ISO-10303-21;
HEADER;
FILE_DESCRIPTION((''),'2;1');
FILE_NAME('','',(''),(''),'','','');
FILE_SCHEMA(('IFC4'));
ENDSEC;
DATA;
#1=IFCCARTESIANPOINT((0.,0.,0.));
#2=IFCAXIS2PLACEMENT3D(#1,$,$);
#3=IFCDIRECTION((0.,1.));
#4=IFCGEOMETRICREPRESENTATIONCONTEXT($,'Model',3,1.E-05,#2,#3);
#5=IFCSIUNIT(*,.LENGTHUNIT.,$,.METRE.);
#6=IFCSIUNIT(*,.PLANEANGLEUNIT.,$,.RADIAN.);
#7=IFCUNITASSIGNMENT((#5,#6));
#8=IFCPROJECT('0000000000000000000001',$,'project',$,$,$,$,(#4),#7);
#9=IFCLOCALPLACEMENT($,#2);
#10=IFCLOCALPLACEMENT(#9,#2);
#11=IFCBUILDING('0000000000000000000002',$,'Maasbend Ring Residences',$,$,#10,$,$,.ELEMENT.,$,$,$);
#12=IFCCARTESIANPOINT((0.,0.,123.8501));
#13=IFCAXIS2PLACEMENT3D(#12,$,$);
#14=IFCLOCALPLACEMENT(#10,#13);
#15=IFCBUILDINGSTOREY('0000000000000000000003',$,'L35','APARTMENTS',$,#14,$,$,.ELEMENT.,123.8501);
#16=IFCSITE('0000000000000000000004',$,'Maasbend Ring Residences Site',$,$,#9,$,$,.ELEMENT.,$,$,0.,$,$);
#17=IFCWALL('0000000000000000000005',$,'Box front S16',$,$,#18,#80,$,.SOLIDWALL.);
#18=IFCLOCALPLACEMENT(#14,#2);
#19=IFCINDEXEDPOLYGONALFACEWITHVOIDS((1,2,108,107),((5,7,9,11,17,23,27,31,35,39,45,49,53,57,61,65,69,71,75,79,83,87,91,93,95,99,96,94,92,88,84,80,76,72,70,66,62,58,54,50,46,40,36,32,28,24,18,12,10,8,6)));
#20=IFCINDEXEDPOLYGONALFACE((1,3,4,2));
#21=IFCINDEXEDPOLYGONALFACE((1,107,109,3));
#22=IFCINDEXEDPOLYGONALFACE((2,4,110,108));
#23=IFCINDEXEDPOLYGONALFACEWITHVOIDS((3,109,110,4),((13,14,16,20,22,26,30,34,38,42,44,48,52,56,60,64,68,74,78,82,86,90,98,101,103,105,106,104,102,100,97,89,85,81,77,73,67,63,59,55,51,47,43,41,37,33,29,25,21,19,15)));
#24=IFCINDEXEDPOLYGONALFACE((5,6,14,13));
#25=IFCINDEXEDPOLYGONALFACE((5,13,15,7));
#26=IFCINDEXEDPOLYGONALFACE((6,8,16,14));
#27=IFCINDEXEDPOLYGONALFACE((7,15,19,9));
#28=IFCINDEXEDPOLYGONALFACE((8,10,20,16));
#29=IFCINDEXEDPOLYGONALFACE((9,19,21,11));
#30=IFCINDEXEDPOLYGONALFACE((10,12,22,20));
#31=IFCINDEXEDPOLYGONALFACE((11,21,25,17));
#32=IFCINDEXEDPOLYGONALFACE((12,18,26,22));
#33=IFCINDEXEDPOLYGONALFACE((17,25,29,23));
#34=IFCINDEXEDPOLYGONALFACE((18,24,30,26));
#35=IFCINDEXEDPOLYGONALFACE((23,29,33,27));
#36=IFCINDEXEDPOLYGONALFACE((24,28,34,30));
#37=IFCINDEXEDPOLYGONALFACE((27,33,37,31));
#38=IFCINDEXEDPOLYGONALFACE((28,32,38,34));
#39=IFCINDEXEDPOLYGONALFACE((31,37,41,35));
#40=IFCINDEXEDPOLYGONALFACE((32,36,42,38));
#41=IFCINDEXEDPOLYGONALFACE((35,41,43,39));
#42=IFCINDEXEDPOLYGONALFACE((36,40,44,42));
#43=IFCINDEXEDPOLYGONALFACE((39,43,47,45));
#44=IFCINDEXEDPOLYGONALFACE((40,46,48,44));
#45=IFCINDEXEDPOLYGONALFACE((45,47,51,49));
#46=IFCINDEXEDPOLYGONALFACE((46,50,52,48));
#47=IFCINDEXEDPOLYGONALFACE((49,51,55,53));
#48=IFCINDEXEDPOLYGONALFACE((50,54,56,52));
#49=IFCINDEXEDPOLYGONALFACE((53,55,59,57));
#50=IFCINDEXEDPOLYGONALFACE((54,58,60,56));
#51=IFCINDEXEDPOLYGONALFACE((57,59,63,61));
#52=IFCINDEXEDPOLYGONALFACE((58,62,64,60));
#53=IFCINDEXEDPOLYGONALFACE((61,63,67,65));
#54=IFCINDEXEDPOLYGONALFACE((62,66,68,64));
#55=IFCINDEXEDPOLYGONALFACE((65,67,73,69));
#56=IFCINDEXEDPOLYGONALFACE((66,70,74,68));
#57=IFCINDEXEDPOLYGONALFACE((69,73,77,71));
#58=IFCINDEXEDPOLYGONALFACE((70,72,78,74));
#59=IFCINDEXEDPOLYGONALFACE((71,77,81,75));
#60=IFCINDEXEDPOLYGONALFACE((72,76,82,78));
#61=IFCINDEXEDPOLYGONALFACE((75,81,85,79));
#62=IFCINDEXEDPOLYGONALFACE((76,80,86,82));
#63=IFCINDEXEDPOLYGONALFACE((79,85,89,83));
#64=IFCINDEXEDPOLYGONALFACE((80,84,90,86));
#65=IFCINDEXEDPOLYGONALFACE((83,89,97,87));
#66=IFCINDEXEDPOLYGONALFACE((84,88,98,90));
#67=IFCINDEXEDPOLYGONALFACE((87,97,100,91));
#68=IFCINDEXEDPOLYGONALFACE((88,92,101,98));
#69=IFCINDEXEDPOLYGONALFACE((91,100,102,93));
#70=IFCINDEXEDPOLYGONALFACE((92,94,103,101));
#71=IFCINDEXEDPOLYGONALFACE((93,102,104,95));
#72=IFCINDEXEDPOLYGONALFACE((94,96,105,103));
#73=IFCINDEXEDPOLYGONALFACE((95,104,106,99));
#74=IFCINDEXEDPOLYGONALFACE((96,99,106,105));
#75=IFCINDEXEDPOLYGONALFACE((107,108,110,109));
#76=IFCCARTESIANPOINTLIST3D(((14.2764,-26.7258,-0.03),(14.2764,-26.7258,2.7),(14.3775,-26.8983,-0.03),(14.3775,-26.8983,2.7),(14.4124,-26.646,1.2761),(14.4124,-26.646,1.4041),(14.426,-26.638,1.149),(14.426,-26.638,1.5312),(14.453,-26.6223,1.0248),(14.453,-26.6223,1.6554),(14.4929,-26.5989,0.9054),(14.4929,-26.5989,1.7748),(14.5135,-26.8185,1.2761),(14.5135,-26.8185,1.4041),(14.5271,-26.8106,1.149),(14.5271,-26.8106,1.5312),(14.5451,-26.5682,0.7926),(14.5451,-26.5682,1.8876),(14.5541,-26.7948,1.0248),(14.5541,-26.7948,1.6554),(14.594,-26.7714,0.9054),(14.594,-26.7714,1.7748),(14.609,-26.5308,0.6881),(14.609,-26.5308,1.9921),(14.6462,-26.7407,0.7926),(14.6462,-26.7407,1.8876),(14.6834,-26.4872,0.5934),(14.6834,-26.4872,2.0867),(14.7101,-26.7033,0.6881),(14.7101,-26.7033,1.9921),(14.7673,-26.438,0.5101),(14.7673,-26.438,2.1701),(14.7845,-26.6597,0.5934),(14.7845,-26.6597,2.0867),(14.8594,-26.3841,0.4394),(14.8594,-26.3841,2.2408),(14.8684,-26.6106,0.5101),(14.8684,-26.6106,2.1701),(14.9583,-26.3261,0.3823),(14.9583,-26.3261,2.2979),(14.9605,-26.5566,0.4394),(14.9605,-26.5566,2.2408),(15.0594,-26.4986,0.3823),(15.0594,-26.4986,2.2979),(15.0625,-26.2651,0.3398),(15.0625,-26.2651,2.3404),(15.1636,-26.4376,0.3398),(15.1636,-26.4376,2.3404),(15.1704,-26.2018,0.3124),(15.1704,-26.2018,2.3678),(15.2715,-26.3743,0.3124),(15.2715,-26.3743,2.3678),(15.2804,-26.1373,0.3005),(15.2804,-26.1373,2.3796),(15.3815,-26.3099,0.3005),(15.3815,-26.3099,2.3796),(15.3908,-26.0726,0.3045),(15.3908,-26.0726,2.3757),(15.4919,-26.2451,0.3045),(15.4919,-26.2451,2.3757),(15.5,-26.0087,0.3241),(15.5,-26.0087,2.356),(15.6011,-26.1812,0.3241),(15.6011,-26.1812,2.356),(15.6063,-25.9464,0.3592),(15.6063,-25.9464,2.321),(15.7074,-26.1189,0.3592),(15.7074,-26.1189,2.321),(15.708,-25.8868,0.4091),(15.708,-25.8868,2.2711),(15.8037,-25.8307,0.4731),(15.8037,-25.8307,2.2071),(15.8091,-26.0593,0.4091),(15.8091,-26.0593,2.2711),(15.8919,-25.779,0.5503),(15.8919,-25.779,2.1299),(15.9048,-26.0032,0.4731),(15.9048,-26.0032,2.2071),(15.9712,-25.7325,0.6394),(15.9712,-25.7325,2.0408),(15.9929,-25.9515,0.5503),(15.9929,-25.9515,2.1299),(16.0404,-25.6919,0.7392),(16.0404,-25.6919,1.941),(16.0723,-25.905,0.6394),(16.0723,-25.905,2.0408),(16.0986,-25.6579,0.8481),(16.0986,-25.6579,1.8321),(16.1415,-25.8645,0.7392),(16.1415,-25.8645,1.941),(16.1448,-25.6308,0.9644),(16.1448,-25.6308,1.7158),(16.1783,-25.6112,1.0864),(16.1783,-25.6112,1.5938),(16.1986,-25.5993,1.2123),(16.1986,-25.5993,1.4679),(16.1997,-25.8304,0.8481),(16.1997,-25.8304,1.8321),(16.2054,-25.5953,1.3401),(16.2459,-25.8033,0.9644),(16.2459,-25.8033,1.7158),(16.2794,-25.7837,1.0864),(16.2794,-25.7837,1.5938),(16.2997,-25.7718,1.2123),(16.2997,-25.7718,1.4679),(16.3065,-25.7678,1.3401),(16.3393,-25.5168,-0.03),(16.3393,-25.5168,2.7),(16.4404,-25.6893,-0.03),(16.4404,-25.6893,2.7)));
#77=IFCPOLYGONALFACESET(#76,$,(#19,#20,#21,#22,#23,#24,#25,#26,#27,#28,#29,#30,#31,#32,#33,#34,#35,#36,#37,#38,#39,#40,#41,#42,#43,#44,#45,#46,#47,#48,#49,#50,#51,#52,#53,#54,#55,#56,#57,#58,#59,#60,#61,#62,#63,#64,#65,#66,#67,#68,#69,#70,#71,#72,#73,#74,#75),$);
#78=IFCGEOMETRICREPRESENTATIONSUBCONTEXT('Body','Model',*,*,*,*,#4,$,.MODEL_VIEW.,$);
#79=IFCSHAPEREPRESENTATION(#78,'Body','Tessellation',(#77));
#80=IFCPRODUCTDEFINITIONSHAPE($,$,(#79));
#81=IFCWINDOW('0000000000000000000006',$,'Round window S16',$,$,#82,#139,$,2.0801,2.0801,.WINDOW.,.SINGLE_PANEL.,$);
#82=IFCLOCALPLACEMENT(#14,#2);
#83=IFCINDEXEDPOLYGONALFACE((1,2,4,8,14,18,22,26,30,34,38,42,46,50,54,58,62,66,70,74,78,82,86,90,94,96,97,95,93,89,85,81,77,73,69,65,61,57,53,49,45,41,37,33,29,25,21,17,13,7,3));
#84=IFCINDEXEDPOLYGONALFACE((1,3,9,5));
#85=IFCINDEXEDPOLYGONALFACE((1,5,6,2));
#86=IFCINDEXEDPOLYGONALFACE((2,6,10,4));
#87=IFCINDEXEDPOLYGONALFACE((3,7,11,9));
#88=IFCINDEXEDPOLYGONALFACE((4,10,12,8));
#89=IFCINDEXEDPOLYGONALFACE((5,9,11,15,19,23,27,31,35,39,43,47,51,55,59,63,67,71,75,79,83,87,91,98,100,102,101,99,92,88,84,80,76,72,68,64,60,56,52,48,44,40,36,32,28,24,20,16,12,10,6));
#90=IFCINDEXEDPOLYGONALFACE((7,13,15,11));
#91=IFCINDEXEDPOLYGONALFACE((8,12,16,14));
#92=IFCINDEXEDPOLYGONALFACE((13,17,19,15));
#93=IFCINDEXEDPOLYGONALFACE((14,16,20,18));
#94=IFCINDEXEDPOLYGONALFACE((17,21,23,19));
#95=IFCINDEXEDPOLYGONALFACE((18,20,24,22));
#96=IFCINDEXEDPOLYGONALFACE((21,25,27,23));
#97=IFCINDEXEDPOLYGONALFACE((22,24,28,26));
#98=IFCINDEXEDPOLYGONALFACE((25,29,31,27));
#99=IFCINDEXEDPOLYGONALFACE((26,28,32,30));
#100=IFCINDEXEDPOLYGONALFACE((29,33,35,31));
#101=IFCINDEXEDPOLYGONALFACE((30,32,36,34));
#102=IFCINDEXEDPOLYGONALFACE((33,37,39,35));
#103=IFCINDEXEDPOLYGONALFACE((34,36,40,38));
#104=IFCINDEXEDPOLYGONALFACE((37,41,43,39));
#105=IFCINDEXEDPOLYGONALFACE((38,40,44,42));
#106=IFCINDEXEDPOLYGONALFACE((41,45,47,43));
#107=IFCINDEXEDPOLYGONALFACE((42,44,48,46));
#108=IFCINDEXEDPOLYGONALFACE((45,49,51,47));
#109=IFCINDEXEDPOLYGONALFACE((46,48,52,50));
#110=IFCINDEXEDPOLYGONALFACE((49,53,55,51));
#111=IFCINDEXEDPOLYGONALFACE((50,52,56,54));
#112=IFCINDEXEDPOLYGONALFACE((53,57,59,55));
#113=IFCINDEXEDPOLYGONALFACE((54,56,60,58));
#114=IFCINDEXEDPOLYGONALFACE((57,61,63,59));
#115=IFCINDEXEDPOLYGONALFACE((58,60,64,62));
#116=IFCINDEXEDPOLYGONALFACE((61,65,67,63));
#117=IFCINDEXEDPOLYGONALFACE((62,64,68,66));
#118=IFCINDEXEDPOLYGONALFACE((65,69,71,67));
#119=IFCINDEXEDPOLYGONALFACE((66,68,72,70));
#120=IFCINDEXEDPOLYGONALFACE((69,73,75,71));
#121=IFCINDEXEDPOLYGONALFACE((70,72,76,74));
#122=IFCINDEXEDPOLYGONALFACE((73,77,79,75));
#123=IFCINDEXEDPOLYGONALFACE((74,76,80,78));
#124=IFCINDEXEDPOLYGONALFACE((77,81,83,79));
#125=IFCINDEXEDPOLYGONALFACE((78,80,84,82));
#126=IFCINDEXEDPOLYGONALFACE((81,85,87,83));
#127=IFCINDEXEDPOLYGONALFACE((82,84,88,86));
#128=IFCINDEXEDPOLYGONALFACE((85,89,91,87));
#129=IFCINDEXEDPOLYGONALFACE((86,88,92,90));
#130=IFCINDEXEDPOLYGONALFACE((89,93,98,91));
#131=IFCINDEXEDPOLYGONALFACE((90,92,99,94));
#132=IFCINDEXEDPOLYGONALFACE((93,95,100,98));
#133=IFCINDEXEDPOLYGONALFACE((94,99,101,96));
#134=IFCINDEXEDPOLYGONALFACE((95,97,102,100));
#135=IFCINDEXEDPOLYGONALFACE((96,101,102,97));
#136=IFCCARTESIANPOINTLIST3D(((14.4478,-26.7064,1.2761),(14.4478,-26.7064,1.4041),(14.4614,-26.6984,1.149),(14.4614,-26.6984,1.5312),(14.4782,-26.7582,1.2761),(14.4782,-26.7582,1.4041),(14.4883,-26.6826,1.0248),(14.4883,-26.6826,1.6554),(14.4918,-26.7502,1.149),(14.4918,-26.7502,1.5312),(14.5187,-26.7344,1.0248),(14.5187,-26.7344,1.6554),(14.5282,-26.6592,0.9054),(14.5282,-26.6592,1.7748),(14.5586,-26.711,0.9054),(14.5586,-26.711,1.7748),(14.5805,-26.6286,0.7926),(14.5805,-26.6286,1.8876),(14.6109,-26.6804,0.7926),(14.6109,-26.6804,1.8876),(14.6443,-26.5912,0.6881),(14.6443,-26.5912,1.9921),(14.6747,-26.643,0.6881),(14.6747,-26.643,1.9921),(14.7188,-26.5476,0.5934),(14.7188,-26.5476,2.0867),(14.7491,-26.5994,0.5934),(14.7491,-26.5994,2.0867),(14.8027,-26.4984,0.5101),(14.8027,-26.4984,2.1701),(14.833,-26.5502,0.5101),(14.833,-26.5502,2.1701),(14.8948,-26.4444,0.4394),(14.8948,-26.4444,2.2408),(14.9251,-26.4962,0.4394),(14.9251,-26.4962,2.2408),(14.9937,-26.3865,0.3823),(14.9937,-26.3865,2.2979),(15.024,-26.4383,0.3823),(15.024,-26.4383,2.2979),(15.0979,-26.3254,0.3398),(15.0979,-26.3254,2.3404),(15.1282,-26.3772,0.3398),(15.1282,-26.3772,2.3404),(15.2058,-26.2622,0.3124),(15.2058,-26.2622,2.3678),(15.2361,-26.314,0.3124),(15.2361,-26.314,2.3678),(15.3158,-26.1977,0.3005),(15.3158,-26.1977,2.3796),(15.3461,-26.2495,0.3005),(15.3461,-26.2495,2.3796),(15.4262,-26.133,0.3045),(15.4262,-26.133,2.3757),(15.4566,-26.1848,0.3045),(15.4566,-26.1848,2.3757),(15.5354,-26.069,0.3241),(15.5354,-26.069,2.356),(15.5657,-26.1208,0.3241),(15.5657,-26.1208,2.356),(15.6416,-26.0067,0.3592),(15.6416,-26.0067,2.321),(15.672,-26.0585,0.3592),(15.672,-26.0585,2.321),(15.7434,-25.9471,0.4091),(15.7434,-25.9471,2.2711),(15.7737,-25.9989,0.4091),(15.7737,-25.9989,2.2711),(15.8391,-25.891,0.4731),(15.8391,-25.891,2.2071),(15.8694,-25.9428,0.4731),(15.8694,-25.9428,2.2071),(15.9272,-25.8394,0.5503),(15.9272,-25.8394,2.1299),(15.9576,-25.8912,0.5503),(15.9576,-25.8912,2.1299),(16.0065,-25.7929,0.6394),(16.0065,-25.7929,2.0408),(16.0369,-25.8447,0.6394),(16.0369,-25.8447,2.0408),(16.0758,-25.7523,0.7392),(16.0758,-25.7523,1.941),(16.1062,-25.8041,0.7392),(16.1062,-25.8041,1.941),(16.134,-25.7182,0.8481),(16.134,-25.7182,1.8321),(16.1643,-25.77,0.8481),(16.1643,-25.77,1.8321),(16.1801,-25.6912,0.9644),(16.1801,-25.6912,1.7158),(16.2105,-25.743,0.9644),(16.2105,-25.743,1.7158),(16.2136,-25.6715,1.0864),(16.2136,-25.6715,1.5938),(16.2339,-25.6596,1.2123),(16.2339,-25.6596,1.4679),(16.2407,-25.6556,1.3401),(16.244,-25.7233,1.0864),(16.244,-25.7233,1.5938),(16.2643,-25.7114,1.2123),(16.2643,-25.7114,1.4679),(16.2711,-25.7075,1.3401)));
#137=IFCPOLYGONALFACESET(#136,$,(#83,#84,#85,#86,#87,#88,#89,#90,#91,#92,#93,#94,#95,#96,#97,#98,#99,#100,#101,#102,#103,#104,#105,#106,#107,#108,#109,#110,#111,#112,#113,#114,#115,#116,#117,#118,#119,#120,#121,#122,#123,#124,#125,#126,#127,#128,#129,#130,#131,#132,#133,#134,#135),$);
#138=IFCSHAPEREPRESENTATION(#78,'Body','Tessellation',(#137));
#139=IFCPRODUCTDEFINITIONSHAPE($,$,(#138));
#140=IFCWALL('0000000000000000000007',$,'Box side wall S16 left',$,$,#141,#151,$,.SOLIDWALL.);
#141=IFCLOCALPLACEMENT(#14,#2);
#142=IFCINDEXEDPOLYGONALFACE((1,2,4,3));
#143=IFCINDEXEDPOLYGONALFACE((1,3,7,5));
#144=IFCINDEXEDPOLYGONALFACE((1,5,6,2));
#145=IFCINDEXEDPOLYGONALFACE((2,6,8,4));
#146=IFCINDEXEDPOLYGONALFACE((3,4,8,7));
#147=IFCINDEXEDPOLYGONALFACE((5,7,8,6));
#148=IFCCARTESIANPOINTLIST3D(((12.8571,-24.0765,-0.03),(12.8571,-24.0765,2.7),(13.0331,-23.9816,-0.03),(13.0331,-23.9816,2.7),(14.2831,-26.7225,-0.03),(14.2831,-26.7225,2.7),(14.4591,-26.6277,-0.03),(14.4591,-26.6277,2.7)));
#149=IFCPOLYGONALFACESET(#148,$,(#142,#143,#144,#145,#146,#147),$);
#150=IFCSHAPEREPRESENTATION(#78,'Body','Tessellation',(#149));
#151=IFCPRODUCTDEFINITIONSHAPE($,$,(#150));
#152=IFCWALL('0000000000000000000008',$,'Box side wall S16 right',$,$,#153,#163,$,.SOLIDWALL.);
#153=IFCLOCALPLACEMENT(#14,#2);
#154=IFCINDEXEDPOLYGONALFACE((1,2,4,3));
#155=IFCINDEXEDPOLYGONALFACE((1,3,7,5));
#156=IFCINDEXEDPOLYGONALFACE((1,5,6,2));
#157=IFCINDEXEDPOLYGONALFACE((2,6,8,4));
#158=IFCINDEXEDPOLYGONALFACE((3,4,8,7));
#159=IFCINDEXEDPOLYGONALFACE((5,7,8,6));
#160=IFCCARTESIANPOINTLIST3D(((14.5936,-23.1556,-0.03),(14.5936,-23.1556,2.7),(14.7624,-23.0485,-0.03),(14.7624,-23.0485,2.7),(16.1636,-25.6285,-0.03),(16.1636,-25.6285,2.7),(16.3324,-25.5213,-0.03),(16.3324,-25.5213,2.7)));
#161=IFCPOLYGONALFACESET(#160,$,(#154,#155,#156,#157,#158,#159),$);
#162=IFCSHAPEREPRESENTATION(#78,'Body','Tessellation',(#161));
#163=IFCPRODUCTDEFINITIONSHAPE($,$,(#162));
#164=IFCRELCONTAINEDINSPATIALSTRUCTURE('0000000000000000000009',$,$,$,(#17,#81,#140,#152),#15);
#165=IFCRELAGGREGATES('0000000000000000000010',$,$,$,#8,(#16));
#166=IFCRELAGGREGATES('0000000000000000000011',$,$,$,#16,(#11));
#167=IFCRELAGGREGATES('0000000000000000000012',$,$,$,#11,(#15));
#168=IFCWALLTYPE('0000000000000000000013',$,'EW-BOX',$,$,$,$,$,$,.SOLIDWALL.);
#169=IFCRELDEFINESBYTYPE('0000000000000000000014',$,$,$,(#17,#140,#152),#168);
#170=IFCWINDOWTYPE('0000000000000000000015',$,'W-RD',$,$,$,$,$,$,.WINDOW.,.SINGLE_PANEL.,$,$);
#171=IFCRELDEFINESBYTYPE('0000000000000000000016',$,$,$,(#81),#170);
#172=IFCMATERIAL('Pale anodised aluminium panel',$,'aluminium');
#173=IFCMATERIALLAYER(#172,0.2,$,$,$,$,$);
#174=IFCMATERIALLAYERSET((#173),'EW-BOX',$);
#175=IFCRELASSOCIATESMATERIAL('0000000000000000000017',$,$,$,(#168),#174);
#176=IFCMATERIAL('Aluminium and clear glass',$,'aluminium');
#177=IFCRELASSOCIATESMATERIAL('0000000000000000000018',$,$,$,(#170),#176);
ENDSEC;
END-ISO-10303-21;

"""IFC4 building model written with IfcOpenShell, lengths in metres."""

from ifc_helpers import new_model, si_unit, direction, frame, frame_2d, origin, place, context, subcontext, project, spatial, rectangle, circle, extrude, material, layer, layer_set, type_object, element, fill, save


model = new_model("IFC4")

# Units and contexts
model_context = context("Model", 3, precision=1e-05, world=origin(), true_north=direction((0.0, 1.0)))
body_context = subcontext(model_context, "Body", "Model", "MODEL_VIEW")
ifc_project = project(units=[si_unit("LENGTHUNIT", "METRE"), si_unit("PLANEANGLEUNIT", "RADIAN")], contexts=[model_context])

# Site, building, storey
site_placement = place(None, origin())
site = spatial("IfcSite", under=ifc_project, at=site_placement, Name="Maasbend Ring Residences Site", CompositionType="ELEMENT", RefElevation=0.0)
building_placement = place(site_placement, origin())
building = spatial("IfcBuilding", under=site, at=building_placement, Name="Maasbend Ring Residences", CompositionType="ELEMENT")
storey_placement = place(building_placement, frame((0.0, 0.0, 123.8501)))
storey = spatial("IfcBuildingStorey", under=building, at=storey_placement, Name="L35", Description="APARTMENTS", CompositionType="ELEMENT", Elevation=123.8501)

# Wall, opening, window
ifc_material_1 = material(Name="Pale anodised aluminium panel", Category="aluminium")
ifc_layer_1 = layer(ifc_material_1, 0.2)
ifc_layer_set_1 = layer_set([ifc_layer_1], Name="EW-BOX")
wall_type_1 = type_object("IfcWallType", Name="EW-BOX", PredefinedType="SOLIDWALL", material=ifc_layer_set_1)
wall_1_placement = place(storey_placement, frame((14.3269, -26.812, -0.03), z_axis=(0.0, 0.0, 1.0), x_axis=(0.862762, 0.505609, 0.0)))
wall_1 = element("IfcWall", 1, at=wall_1_placement, inside=storey, type_object=wall_type_1, Name="Box front S16", PredefinedType="SOLIDWALL", context=body_context, shape_type="SweptSolid", body=[
    extrude(rectangle(XDim=2.3911, YDim=0.2, at=frame_2d((1.1956, 0.0))), origin(), (0.0, 0.0, 1.0), 2.73),
])
opening_1_placement = place(wall_1_placement, frame((0.1558, 0.0, 0.3301)))
opening_1 = element("IfcOpeningElement", 2, at=opening_1_placement, cuts=wall_1, PredefinedType="OPENING", context=body_context, shape_type="SweptSolid", body=[
    extrude(circle(Radius=1.04, at=frame_2d((1.04, 1.04))), frame((0.0, 0.1099, 0.0), z_axis=(0.0, -1.0, 0.0), x_axis=(1.0, 0.0, 0.0)), (0.0, 0.0, 1.0), 0.22),
])
ifc_material_2 = material(Name="Aluminium and clear glass", Category="aluminium")
window_type_1 = type_object("IfcWindowType", Name="W-RD", PartitioningType="SINGLE_PANEL", PredefinedType="WINDOW", material=ifc_material_2)
window_1_placement = place(opening_1_placement, origin())
window_1 = element("IfcWindow", 3, at=window_1_placement, inside=storey, type_object=window_type_1, Name="Round window S16", OverallHeight=2.0801, OverallWidth=2.0801, PartitioningType="SINGLE_PANEL", PredefinedType="WINDOW", context=body_context, shape_type="SweptSolid", body=[
    extrude(circle(Radius=1.04, at=frame_2d((1.04, 1.04))), frame((0.0, 0.03, 0.0), z_axis=(0.0, -1.0, 0.0), x_axis=(1.0, 0.0, 0.0)), (0.0, 0.0, 1.0), 0.0601),
])
fill(opening_1, window_1)

# Walls
wall_2_placement = place(storey_placement, frame((12.9451, -24.0291, -0.03), z_axis=(0.0, 0.0, 1.0), x_axis=(0.474424, -0.880296, 0.0)))
element("IfcWall", 4, at=wall_2_placement, inside=storey, type_object=wall_type_1, Name="Box side wall S16 left", PredefinedType="SOLIDWALL", context=body_context, shape_type="SweptSolid", body=[
    extrude(rectangle(XDim=3.0059, YDim=0.2, at=frame_2d((1.5029, 0.0))), origin(), (0.0, 0.0, 1.0), 2.73),
])
wall_3_placement = place(storey_placement, frame((14.678, -23.1021, -0.03), z_axis=(0.0, 0.0, 1.0), x_axis=(0.536002, -0.844217, 0.0)))
element("IfcWall", 5, at=wall_3_placement, inside=storey, type_object=wall_type_1, Name="Box side wall S16 right", PredefinedType="SOLIDWALL", context=body_context, shape_type="SweptSolid", body=[
    extrude(rectangle(XDim=2.9292, YDim=0.2, at=frame_2d((1.4646, 0.0))), origin(), (0.0, 0.0, 1.0), 2.73),
])

save(model, "model.ifc")
